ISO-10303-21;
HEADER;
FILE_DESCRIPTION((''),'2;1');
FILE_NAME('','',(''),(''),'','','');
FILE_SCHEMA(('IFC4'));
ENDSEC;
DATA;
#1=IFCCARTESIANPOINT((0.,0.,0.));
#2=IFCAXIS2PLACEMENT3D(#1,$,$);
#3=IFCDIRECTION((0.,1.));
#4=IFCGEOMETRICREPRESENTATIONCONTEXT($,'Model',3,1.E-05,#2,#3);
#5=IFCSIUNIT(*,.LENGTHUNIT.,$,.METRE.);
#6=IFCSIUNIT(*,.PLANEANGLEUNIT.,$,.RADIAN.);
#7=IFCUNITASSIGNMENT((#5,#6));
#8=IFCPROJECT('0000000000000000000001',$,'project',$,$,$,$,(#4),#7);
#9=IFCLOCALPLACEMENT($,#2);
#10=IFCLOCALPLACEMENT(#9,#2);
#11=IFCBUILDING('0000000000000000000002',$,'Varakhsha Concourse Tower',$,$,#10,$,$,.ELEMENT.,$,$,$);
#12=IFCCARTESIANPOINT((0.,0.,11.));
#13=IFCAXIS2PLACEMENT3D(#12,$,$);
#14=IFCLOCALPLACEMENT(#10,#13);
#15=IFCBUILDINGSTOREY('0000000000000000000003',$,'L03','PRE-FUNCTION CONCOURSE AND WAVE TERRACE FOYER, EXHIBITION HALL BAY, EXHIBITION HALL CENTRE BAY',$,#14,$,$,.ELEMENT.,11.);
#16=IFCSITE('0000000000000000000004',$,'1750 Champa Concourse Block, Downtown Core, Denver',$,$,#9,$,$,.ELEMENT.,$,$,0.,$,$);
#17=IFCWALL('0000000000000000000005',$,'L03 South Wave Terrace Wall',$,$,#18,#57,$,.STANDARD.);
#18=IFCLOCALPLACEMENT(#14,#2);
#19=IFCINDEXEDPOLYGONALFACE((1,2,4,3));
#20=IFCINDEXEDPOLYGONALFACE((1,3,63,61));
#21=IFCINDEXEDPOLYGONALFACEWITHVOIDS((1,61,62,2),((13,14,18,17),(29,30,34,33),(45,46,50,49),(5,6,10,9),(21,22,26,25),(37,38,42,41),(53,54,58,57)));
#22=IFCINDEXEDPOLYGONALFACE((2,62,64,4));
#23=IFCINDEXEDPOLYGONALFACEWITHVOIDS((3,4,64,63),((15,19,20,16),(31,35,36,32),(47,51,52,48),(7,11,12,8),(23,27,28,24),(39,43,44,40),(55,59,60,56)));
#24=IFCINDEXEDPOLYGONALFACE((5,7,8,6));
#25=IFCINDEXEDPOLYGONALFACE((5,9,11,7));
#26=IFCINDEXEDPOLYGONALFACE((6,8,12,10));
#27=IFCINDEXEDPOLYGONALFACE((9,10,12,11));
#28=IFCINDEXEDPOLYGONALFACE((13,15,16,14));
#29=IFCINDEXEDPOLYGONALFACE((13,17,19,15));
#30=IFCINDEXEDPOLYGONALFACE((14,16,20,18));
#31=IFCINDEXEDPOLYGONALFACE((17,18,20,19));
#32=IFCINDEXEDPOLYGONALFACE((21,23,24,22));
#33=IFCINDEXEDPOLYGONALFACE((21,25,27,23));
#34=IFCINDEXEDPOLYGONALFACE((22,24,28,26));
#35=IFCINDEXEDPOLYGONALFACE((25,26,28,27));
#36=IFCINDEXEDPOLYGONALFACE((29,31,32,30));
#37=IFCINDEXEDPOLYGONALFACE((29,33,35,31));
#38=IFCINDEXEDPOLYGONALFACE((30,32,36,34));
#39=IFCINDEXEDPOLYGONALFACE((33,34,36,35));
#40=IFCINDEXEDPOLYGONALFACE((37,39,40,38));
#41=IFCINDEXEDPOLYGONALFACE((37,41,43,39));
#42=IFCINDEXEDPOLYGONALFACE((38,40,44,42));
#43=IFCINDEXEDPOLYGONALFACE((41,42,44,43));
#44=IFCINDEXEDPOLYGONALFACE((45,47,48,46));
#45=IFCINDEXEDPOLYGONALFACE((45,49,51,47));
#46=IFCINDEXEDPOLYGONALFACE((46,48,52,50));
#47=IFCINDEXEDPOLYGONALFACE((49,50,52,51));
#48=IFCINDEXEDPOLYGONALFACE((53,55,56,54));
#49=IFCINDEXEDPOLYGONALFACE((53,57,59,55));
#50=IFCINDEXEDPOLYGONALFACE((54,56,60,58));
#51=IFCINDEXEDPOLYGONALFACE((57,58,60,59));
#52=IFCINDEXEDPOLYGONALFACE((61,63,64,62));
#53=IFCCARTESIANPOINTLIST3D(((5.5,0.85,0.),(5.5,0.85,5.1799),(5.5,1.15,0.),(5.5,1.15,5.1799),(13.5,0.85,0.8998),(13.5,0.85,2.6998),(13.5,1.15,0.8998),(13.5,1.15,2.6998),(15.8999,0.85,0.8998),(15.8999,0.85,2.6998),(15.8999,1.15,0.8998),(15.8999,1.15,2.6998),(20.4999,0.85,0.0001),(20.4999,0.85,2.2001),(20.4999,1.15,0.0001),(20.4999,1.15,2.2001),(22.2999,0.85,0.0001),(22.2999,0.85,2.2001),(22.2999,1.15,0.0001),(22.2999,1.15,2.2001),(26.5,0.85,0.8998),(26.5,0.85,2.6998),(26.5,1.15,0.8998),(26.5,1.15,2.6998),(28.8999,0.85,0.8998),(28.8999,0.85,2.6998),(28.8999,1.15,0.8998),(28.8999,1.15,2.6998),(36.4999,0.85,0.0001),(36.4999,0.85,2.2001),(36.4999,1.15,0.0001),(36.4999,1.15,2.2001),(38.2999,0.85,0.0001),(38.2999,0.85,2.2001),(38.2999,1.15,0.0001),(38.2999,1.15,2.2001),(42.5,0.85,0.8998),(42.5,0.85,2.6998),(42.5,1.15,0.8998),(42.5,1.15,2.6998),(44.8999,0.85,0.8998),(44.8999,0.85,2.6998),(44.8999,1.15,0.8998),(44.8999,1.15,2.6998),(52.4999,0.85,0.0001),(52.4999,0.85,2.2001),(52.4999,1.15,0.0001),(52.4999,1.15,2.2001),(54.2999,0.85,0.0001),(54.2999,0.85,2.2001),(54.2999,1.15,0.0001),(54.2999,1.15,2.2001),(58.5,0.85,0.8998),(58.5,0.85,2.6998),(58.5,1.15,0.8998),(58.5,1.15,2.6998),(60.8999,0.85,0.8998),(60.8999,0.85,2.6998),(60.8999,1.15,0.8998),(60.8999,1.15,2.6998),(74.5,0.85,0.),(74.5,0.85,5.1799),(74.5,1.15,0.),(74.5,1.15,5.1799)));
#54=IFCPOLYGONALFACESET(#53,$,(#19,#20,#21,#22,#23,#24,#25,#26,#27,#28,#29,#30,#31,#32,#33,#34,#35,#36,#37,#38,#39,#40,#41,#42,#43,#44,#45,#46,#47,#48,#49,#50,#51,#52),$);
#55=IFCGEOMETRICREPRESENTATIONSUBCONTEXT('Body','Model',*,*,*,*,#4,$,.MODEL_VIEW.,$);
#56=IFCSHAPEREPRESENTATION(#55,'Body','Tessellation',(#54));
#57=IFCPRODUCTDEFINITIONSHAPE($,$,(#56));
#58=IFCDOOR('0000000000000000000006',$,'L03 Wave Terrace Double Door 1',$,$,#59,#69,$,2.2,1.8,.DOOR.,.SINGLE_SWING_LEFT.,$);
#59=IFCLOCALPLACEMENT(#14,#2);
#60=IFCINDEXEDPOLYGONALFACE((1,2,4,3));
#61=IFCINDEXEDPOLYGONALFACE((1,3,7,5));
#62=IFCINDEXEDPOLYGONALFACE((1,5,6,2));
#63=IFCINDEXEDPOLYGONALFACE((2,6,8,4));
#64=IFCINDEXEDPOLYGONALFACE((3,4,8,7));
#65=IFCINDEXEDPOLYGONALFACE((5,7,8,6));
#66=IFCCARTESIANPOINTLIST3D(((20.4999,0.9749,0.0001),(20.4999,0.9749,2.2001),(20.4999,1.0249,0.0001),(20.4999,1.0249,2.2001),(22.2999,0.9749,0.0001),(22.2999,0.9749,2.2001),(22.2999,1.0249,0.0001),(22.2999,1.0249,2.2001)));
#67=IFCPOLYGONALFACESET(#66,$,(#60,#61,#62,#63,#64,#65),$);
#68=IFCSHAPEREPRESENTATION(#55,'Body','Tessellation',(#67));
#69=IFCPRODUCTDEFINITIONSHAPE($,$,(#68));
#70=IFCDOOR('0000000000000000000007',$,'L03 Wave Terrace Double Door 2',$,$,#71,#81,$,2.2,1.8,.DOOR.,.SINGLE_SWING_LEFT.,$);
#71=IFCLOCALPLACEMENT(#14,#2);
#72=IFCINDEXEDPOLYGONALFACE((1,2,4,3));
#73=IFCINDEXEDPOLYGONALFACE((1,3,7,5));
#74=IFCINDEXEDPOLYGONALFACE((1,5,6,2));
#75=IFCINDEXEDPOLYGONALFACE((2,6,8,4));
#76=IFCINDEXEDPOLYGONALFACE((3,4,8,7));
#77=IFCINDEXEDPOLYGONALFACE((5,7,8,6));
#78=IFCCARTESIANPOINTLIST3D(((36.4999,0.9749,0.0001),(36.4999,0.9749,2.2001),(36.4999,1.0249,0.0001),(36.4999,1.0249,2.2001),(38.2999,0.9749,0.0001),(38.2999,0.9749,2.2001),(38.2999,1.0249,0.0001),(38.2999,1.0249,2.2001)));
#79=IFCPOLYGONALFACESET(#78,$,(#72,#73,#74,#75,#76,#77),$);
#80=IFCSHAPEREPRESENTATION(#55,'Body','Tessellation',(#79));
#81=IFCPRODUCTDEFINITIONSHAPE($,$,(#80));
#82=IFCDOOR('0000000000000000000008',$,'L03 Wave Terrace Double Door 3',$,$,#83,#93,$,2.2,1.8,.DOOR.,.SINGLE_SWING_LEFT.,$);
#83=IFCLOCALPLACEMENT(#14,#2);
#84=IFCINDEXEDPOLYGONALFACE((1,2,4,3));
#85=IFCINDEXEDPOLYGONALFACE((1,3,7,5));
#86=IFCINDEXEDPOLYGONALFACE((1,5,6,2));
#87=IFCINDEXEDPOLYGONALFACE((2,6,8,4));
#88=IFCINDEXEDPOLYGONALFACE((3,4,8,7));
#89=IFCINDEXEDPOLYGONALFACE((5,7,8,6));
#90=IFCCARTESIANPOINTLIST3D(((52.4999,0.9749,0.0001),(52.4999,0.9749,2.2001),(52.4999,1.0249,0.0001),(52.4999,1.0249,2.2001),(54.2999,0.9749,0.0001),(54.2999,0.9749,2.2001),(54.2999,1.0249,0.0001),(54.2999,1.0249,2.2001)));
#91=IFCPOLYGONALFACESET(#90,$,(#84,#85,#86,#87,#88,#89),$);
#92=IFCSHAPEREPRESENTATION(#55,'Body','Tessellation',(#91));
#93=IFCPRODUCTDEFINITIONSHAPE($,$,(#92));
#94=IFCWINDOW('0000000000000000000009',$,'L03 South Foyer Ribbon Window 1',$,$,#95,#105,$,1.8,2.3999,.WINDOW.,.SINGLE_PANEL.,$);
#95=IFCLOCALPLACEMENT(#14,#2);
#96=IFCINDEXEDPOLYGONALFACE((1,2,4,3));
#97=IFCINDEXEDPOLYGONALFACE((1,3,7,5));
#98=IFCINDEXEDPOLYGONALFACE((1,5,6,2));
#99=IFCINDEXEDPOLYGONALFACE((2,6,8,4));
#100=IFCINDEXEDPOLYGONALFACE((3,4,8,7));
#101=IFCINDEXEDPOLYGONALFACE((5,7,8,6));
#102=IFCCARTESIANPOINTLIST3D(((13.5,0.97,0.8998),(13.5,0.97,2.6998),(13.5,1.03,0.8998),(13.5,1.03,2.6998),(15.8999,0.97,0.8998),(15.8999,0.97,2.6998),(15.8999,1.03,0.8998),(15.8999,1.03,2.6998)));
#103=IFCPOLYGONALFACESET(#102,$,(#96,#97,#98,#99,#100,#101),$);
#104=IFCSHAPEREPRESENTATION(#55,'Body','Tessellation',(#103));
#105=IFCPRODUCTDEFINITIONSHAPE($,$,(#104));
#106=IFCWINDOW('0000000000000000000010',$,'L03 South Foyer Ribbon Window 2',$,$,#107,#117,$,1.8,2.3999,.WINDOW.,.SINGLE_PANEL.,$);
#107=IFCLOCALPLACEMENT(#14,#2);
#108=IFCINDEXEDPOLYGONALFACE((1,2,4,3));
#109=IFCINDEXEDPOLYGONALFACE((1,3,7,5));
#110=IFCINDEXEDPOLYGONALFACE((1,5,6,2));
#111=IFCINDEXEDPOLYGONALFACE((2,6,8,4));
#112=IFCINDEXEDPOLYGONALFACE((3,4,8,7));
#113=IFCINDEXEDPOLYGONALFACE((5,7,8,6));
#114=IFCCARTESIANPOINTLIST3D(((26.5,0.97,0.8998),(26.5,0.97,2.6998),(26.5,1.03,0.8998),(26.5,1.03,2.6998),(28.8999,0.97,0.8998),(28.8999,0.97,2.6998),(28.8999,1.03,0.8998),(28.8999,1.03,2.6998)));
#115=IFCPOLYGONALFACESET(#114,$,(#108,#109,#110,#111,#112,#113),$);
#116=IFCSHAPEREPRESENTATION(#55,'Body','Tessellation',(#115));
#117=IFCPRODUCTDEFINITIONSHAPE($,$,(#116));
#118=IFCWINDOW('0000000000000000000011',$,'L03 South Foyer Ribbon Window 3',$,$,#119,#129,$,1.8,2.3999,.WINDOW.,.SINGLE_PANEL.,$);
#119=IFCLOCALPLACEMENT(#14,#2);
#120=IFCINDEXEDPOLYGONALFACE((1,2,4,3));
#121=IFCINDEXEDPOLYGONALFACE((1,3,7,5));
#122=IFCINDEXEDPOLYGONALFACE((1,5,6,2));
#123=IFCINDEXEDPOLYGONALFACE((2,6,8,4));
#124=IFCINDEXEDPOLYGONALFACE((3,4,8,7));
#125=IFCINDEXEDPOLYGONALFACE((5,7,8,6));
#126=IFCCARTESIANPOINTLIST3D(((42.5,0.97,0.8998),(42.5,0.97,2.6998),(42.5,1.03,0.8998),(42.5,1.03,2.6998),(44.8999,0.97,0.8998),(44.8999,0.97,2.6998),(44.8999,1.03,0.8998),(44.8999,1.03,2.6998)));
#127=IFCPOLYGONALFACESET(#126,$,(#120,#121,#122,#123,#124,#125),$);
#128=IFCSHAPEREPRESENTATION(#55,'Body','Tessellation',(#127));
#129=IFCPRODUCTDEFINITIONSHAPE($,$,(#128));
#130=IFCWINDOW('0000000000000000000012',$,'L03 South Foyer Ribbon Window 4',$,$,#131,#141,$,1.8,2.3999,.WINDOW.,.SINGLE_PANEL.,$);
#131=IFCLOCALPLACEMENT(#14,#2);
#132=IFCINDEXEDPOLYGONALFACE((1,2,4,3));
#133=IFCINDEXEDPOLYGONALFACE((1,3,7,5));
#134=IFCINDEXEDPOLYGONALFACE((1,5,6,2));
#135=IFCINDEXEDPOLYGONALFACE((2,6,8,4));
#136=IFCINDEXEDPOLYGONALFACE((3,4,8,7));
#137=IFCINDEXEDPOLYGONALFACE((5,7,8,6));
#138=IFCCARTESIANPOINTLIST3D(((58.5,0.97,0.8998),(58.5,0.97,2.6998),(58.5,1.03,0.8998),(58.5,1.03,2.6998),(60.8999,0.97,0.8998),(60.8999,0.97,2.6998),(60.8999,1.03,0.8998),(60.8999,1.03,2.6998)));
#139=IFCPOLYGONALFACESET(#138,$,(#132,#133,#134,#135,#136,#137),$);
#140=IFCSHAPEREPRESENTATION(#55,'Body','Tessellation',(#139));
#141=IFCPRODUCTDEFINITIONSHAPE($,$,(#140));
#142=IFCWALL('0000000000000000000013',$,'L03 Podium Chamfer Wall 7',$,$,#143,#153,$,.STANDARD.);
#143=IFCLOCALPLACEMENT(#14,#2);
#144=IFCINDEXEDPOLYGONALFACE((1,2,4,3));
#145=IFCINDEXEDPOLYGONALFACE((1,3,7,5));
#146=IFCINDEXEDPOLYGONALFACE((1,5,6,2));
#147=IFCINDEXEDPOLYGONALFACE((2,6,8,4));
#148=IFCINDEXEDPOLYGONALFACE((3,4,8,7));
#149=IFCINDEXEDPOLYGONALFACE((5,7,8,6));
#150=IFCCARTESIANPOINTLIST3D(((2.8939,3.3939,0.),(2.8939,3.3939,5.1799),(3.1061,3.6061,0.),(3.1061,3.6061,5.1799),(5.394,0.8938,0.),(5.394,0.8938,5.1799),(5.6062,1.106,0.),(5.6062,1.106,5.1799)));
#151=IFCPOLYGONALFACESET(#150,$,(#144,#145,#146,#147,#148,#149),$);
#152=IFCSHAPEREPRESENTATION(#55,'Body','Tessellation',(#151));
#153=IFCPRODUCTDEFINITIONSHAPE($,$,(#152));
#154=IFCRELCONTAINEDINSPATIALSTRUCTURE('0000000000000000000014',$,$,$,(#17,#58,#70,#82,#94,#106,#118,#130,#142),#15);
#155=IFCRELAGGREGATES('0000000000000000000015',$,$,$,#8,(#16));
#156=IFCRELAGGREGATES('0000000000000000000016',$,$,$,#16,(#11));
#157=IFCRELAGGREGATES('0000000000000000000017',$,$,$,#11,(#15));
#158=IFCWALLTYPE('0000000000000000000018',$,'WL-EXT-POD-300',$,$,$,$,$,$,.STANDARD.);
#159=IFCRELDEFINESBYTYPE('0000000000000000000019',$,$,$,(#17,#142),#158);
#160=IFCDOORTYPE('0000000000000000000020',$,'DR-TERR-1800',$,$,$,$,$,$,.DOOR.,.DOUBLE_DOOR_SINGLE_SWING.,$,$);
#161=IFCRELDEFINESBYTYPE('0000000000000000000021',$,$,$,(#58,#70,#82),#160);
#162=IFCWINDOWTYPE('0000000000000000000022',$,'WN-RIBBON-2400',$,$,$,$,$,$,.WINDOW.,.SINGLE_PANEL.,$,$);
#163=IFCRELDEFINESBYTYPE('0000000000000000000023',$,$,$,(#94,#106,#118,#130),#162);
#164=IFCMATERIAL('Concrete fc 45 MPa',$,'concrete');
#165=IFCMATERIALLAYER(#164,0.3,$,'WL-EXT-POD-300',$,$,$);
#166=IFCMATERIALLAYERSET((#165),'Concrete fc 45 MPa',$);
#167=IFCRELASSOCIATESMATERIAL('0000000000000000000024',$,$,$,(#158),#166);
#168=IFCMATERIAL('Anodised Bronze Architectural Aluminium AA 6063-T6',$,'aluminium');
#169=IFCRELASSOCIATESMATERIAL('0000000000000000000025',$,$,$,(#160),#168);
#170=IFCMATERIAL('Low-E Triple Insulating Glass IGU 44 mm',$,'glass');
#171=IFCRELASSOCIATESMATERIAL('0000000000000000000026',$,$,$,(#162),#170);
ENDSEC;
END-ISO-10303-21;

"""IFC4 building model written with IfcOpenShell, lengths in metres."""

from ifc_helpers import new_model, si_unit, direction, frame, frame_2d, origin, place, context, subcontext, project, spatial, rectangle, extrude, material, layer, layer_set, type_object, element, fill, save


model = new_model("IFC4")

# Units and contexts
model_context = context("Model", 3, precision=1e-05, world=origin(), true_north=direction((0.0, 1.0)))
body_context = subcontext(model_context, "Body", "Model", "MODEL_VIEW")
ifc_project = project(units=[si_unit("LENGTHUNIT", "METRE"), si_unit("PLANEANGLEUNIT", "RADIAN")], contexts=[model_context])

# Site, building, storey
site_placement = place(None, origin())
site = spatial("IfcSite", under=ifc_project, at=site_placement, Name="1750 Champa Concourse Block, Downtown Core, Denver", CompositionType="ELEMENT", RefElevation=0.0)
building_placement = place(site_placement, origin())
building = spatial("IfcBuilding", under=site, at=building_placement, Name="Varakhsha Concourse Tower", CompositionType="ELEMENT")
storey_placement = place(building_placement, frame((0.0, 0.0, 11.0)))
storey = spatial("IfcBuildingStorey", under=building, at=storey_placement, Name="L03", Description="PRE-FUNCTION CONCOURSE AND WAVE TERRACE FOYER, EXHIBITION HALL BAY, EXHIBITION HALL CENTRE BAY", CompositionType="ELEMENT", Elevation=11.0)

# Shared definitions
ifc_material_1 = material(Name="Anodised Bronze Architectural Aluminium AA 6063-T6", Category="aluminium")

# Shared definitions
ifc_material_2 = material(Name="Concrete fc 45 MPa", Category="concrete")

# Wall, openings, doors, windows
ifc_layer_1 = layer(ifc_material_2, 0.3, Name="WL-EXT-POD-300")
ifc_layer_set_1 = layer_set([ifc_layer_1], Name="Concrete fc 45 MPa")
wall_type = type_object("IfcWallType", Name="WL-EXT-POD-300", PredefinedType="STANDARD", material=ifc_layer_set_1)
wall_1_placement = place(storey_placement, frame((5.5, 1.0, 0.0), z_axis=(0.0, 0.0, 1.0), x_axis=(1.0, 0.0, 0.0)))
wall_1 = element("IfcWall", 1, at=wall_1_placement, inside=storey, type_object=wall_type, Name="L03 South Wave Terrace Wall", PredefinedType="STANDARD", context=body_context, shape_type="SweptSolid", body=[
    extrude(rectangle(XDim=69.0, YDim=0.3, at=frame_2d((34.5, 0.0))), origin(), (0.0, 0.0, 1.0), 5.1799),
])
opening_1_placement = place(wall_1_placement, frame((15.0, 0.0, 0.0)))
opening_1 = element("IfcOpeningElement", 2, at=opening_1_placement, cuts=wall_1, PredefinedType="OPENING", context=body_context, shape_type="SweptSolid", body=[
    extrude(rectangle(XDim=1.8, YDim=2.2, at=frame_2d((0.8999, 1.1001))), frame((0.0, 0.1599, 0.0), z_axis=(0.0, -1.0, 0.0), x_axis=(1.0, 0.0, 0.0)), (0.0, 0.0, 1.0), 0.3201),
])
opening_2_placement = place(wall_1_placement, frame((31.0, 0.0, 0.0)))
opening_2 = element("IfcOpeningElement", 3, at=opening_2_placement, cuts=wall_1, PredefinedType="OPENING", context=body_context, shape_type="SweptSolid", body=[
    extrude(rectangle(XDim=1.8, YDim=2.2, at=frame_2d((0.8999, 1.1001))), frame((0.0, 0.1599, 0.0), z_axis=(0.0, -1.0, 0.0), x_axis=(1.0, 0.0, 0.0)), (0.0, 0.0, 1.0), 0.3201),
])
opening_3_placement = place(wall_1_placement, frame((47.0, 0.0, 0.0)))
opening_3 = element("IfcOpeningElement", 4, at=opening_3_placement, cuts=wall_1, PredefinedType="OPENING", context=body_context, shape_type="SweptSolid", body=[
    extrude(rectangle(XDim=1.8, YDim=2.2, at=frame_2d((0.8999, 1.1001))), frame((0.0, 0.1599, 0.0), z_axis=(0.0, -1.0, 0.0), x_axis=(1.0, 0.0, 0.0)), (0.0, 0.0, 1.0), 0.3201),
])
opening_4_placement = place(wall_1_placement, frame((8.0, 0.0, 0.8999)))
opening_4 = element("IfcOpeningElement", 5, at=opening_4_placement, cuts=wall_1, PredefinedType="OPENING", context=body_context, shape_type="SweptSolid", body=[
    extrude(rectangle(XDim=2.3999, YDim=1.8, at=frame_2d((1.2, 0.8999))), frame((0.0, 0.1599, 0.0), z_axis=(0.0, -1.0, 0.0), x_axis=(1.0, 0.0, 0.0)), (0.0, 0.0, 1.0), 0.3201),
])
opening_5_placement = place(wall_1_placement, frame((21.0, 0.0, 0.8999)))
opening_5 = element("IfcOpeningElement", 6, at=opening_5_placement, cuts=wall_1, PredefinedType="OPENING", context=body_context, shape_type="SweptSolid", body=[
    extrude(rectangle(XDim=2.3999, YDim=1.8, at=frame_2d((1.2, 0.8999))), frame((0.0, 0.1599, 0.0), z_axis=(0.0, -1.0, 0.0), x_axis=(1.0, 0.0, 0.0)), (0.0, 0.0, 1.0), 0.3201),
])
opening_6_placement = place(wall_1_placement, frame((37.0, 0.0, 0.8999)))
opening_6 = element("IfcOpeningElement", 7, at=opening_6_placement, cuts=wall_1, PredefinedType="OPENING", context=body_context, shape_type="SweptSolid", body=[
    extrude(rectangle(XDim=2.3999, YDim=1.8, at=frame_2d((1.2, 0.8999))), frame((0.0, 0.1599, 0.0), z_axis=(0.0, -1.0, 0.0), x_axis=(1.0, 0.0, 0.0)), (0.0, 0.0, 1.0), 0.3201),
])
opening_7_placement = place(wall_1_placement, frame((53.0, 0.0, 0.8999)))
opening_7 = element("IfcOpeningElement", 8, at=opening_7_placement, cuts=wall_1, PredefinedType="OPENING", context=body_context, shape_type="SweptSolid", body=[
    extrude(rectangle(XDim=2.3999, YDim=1.8, at=frame_2d((1.2, 0.8999))), frame((0.0, 0.1599, 0.0), z_axis=(0.0, -1.0, 0.0), x_axis=(1.0, 0.0, 0.0)), (0.0, 0.0, 1.0), 0.3201),
])
door_type = type_object("IfcDoorType", Name="DR-TERR-1800", OperationType="DOUBLE_DOOR_SINGLE_SWING", PredefinedType="DOOR", material=ifc_material_1)
door_1_placement = place(opening_1_placement, origin())
door_1 = element("IfcDoor", 9, at=door_1_placement, inside=storey, type_object=door_type, Name="L03 Wave Terrace Double Door 1", OperationType="SINGLE_SWING_LEFT", OverallHeight=2.2, OverallWidth=1.8, PredefinedType="DOOR", context=body_context, shape_type="SweptSolid", body=[
    extrude(rectangle(XDim=1.8, YDim=2.2, at=frame_2d((0.8999, 1.1001))), frame((0.0, 0.0249, 0.0), z_axis=(0.0, -1.0, 0.0), x_axis=(1.0, 0.0, 0.0)), (0.0, 0.0, 1.0), 0.05),
])
fill(opening_1, door_1)
door_2_placement = place(opening_2_placement, origin())
door_2 = element("IfcDoor", 10, at=door_2_placement, inside=storey, type_object=door_type, Name="L03 Wave Terrace Double Door 2", OperationType="SINGLE_SWING_LEFT", OverallHeight=2.2, OverallWidth=1.8, PredefinedType="DOOR", context=body_context, shape_type="SweptSolid", body=[
    extrude(rectangle(XDim=1.8, YDim=2.2, at=frame_2d((0.8999, 1.1001))), frame((0.0, 0.0249, 0.0), z_axis=(0.0, -1.0, 0.0), x_axis=(1.0, 0.0, 0.0)), (0.0, 0.0, 1.0), 0.05),
])
fill(opening_2, door_2)
door_3_placement = place(opening_3_placement, origin())
door_3 = element("IfcDoor", 11, at=door_3_placement, inside=storey, type_object=door_type, Name="L03 Wave Terrace Double Door 3", OperationType="SINGLE_SWING_LEFT", OverallHeight=2.2, OverallWidth=1.8, PredefinedType="DOOR", context=body_context, shape_type="SweptSolid", body=[
    extrude(rectangle(XDim=1.8, YDim=2.2, at=frame_2d((0.8999, 1.1001))), frame((0.0, 0.0249, 0.0), z_axis=(0.0, -1.0, 0.0), x_axis=(1.0, 0.0, 0.0)), (0.0, 0.0, 1.0), 0.05),
])
fill(opening_3, door_3)
ifc_material_3 = material(Name="Low-E Triple Insulating Glass IGU 44 mm", Category="glass")
window_type = type_object("IfcWindowType", Name="WN-RIBBON-2400", PartitioningType="SINGLE_PANEL", PredefinedType="WINDOW", material=ifc_material_3)
window_1_placement = place(opening_4_placement, origin())
window_1 = element("IfcWindow", 12, at=window_1_placement, inside=storey, type_object=window_type, Name="L03 South Foyer Ribbon Window 1", OverallHeight=1.8, OverallWidth=2.3999, PartitioningType="SINGLE_PANEL", PredefinedType="WINDOW", context=body_context, shape_type="SweptSolid", body=[
    extrude(rectangle(XDim=2.3999, YDim=1.8, at=frame_2d((1.2, 0.8999))), frame((0.0, 0.03, 0.0), z_axis=(0.0, -1.0, 0.0), x_axis=(1.0, 0.0, 0.0)), (0.0, 0.0, 1.0), 0.0601),
])
fill(opening_4, window_1)
window_2_placement = place(opening_5_placement, origin())
window_2 = element("IfcWindow", 13, at=window_2_placement, inside=storey, type_object=window_type, Name="L03 South Foyer Ribbon Window 2", OverallHeight=1.8, OverallWidth=2.3999, PartitioningType="SINGLE_PANEL", PredefinedType="WINDOW", context=body_context, shape_type="SweptSolid", body=[
    extrude(rectangle(XDim=2.3999, YDim=1.8, at=frame_2d((1.2, 0.8999))), frame((0.0, 0.03, 0.0), z_axis=(0.0, -1.0, 0.0), x_axis=(1.0, 0.0, 0.0)), (0.0, 0.0, 1.0), 0.0601),
])
fill(opening_5, window_2)
window_3_placement = place(opening_6_placement, origin())
window_3 = element("IfcWindow", 14, at=window_3_placement, inside=storey, type_object=window_type, Name="L03 South Foyer Ribbon Window 3", OverallHeight=1.8, OverallWidth=2.3999, PartitioningType="SINGLE_PANEL", PredefinedType="WINDOW", context=body_context, shape_type="SweptSolid", body=[
    extrude(rectangle(XDim=2.3999, YDim=1.8, at=frame_2d((1.2, 0.8999))), frame((0.0, 0.03, 0.0), z_axis=(0.0, -1.0, 0.0), x_axis=(1.0, 0.0, 0.0)), (0.0, 0.0, 1.0), 0.0601),
])
fill(opening_6, window_3)
window_4_placement = place(opening_7_placement, origin())
window_4 = element("IfcWindow", 15, at=window_4_placement, inside=storey, type_object=window_type, Name="L03 South Foyer Ribbon Window 4", OverallHeight=1.8, OverallWidth=2.3999, PartitioningType="SINGLE_PANEL", PredefinedType="WINDOW", context=body_context, shape_type="SweptSolid", body=[
    extrude(rectangle(XDim=2.3999, YDim=1.8, at=frame_2d((1.2, 0.8999))), frame((0.0, 0.03, 0.0), z_axis=(0.0, -1.0, 0.0), x_axis=(1.0, 0.0, 0.0)), (0.0, 0.0, 1.0), 0.0601),
])
fill(opening_7, window_4)

# Wall
wall_2_placement = place(storey_placement, frame((3.0, 3.5, 0.0), z_axis=(0.0, 0.0, 1.0), x_axis=(0.707107, -0.707107, 0.0)))
element("IfcWall", 16, at=wall_2_placement, inside=storey, type_object=wall_type, Name="L03 Podium Chamfer Wall 7", PredefinedType="STANDARD", context=body_context, shape_type="SweptSolid", body=[
    extrude(rectangle(XDim=3.5356, YDim=0.3, at=frame_2d((1.7678, 0.0))), origin(), (0.0, 0.0, 1.0), 5.1799),
])

save(model, "model.ifc")
